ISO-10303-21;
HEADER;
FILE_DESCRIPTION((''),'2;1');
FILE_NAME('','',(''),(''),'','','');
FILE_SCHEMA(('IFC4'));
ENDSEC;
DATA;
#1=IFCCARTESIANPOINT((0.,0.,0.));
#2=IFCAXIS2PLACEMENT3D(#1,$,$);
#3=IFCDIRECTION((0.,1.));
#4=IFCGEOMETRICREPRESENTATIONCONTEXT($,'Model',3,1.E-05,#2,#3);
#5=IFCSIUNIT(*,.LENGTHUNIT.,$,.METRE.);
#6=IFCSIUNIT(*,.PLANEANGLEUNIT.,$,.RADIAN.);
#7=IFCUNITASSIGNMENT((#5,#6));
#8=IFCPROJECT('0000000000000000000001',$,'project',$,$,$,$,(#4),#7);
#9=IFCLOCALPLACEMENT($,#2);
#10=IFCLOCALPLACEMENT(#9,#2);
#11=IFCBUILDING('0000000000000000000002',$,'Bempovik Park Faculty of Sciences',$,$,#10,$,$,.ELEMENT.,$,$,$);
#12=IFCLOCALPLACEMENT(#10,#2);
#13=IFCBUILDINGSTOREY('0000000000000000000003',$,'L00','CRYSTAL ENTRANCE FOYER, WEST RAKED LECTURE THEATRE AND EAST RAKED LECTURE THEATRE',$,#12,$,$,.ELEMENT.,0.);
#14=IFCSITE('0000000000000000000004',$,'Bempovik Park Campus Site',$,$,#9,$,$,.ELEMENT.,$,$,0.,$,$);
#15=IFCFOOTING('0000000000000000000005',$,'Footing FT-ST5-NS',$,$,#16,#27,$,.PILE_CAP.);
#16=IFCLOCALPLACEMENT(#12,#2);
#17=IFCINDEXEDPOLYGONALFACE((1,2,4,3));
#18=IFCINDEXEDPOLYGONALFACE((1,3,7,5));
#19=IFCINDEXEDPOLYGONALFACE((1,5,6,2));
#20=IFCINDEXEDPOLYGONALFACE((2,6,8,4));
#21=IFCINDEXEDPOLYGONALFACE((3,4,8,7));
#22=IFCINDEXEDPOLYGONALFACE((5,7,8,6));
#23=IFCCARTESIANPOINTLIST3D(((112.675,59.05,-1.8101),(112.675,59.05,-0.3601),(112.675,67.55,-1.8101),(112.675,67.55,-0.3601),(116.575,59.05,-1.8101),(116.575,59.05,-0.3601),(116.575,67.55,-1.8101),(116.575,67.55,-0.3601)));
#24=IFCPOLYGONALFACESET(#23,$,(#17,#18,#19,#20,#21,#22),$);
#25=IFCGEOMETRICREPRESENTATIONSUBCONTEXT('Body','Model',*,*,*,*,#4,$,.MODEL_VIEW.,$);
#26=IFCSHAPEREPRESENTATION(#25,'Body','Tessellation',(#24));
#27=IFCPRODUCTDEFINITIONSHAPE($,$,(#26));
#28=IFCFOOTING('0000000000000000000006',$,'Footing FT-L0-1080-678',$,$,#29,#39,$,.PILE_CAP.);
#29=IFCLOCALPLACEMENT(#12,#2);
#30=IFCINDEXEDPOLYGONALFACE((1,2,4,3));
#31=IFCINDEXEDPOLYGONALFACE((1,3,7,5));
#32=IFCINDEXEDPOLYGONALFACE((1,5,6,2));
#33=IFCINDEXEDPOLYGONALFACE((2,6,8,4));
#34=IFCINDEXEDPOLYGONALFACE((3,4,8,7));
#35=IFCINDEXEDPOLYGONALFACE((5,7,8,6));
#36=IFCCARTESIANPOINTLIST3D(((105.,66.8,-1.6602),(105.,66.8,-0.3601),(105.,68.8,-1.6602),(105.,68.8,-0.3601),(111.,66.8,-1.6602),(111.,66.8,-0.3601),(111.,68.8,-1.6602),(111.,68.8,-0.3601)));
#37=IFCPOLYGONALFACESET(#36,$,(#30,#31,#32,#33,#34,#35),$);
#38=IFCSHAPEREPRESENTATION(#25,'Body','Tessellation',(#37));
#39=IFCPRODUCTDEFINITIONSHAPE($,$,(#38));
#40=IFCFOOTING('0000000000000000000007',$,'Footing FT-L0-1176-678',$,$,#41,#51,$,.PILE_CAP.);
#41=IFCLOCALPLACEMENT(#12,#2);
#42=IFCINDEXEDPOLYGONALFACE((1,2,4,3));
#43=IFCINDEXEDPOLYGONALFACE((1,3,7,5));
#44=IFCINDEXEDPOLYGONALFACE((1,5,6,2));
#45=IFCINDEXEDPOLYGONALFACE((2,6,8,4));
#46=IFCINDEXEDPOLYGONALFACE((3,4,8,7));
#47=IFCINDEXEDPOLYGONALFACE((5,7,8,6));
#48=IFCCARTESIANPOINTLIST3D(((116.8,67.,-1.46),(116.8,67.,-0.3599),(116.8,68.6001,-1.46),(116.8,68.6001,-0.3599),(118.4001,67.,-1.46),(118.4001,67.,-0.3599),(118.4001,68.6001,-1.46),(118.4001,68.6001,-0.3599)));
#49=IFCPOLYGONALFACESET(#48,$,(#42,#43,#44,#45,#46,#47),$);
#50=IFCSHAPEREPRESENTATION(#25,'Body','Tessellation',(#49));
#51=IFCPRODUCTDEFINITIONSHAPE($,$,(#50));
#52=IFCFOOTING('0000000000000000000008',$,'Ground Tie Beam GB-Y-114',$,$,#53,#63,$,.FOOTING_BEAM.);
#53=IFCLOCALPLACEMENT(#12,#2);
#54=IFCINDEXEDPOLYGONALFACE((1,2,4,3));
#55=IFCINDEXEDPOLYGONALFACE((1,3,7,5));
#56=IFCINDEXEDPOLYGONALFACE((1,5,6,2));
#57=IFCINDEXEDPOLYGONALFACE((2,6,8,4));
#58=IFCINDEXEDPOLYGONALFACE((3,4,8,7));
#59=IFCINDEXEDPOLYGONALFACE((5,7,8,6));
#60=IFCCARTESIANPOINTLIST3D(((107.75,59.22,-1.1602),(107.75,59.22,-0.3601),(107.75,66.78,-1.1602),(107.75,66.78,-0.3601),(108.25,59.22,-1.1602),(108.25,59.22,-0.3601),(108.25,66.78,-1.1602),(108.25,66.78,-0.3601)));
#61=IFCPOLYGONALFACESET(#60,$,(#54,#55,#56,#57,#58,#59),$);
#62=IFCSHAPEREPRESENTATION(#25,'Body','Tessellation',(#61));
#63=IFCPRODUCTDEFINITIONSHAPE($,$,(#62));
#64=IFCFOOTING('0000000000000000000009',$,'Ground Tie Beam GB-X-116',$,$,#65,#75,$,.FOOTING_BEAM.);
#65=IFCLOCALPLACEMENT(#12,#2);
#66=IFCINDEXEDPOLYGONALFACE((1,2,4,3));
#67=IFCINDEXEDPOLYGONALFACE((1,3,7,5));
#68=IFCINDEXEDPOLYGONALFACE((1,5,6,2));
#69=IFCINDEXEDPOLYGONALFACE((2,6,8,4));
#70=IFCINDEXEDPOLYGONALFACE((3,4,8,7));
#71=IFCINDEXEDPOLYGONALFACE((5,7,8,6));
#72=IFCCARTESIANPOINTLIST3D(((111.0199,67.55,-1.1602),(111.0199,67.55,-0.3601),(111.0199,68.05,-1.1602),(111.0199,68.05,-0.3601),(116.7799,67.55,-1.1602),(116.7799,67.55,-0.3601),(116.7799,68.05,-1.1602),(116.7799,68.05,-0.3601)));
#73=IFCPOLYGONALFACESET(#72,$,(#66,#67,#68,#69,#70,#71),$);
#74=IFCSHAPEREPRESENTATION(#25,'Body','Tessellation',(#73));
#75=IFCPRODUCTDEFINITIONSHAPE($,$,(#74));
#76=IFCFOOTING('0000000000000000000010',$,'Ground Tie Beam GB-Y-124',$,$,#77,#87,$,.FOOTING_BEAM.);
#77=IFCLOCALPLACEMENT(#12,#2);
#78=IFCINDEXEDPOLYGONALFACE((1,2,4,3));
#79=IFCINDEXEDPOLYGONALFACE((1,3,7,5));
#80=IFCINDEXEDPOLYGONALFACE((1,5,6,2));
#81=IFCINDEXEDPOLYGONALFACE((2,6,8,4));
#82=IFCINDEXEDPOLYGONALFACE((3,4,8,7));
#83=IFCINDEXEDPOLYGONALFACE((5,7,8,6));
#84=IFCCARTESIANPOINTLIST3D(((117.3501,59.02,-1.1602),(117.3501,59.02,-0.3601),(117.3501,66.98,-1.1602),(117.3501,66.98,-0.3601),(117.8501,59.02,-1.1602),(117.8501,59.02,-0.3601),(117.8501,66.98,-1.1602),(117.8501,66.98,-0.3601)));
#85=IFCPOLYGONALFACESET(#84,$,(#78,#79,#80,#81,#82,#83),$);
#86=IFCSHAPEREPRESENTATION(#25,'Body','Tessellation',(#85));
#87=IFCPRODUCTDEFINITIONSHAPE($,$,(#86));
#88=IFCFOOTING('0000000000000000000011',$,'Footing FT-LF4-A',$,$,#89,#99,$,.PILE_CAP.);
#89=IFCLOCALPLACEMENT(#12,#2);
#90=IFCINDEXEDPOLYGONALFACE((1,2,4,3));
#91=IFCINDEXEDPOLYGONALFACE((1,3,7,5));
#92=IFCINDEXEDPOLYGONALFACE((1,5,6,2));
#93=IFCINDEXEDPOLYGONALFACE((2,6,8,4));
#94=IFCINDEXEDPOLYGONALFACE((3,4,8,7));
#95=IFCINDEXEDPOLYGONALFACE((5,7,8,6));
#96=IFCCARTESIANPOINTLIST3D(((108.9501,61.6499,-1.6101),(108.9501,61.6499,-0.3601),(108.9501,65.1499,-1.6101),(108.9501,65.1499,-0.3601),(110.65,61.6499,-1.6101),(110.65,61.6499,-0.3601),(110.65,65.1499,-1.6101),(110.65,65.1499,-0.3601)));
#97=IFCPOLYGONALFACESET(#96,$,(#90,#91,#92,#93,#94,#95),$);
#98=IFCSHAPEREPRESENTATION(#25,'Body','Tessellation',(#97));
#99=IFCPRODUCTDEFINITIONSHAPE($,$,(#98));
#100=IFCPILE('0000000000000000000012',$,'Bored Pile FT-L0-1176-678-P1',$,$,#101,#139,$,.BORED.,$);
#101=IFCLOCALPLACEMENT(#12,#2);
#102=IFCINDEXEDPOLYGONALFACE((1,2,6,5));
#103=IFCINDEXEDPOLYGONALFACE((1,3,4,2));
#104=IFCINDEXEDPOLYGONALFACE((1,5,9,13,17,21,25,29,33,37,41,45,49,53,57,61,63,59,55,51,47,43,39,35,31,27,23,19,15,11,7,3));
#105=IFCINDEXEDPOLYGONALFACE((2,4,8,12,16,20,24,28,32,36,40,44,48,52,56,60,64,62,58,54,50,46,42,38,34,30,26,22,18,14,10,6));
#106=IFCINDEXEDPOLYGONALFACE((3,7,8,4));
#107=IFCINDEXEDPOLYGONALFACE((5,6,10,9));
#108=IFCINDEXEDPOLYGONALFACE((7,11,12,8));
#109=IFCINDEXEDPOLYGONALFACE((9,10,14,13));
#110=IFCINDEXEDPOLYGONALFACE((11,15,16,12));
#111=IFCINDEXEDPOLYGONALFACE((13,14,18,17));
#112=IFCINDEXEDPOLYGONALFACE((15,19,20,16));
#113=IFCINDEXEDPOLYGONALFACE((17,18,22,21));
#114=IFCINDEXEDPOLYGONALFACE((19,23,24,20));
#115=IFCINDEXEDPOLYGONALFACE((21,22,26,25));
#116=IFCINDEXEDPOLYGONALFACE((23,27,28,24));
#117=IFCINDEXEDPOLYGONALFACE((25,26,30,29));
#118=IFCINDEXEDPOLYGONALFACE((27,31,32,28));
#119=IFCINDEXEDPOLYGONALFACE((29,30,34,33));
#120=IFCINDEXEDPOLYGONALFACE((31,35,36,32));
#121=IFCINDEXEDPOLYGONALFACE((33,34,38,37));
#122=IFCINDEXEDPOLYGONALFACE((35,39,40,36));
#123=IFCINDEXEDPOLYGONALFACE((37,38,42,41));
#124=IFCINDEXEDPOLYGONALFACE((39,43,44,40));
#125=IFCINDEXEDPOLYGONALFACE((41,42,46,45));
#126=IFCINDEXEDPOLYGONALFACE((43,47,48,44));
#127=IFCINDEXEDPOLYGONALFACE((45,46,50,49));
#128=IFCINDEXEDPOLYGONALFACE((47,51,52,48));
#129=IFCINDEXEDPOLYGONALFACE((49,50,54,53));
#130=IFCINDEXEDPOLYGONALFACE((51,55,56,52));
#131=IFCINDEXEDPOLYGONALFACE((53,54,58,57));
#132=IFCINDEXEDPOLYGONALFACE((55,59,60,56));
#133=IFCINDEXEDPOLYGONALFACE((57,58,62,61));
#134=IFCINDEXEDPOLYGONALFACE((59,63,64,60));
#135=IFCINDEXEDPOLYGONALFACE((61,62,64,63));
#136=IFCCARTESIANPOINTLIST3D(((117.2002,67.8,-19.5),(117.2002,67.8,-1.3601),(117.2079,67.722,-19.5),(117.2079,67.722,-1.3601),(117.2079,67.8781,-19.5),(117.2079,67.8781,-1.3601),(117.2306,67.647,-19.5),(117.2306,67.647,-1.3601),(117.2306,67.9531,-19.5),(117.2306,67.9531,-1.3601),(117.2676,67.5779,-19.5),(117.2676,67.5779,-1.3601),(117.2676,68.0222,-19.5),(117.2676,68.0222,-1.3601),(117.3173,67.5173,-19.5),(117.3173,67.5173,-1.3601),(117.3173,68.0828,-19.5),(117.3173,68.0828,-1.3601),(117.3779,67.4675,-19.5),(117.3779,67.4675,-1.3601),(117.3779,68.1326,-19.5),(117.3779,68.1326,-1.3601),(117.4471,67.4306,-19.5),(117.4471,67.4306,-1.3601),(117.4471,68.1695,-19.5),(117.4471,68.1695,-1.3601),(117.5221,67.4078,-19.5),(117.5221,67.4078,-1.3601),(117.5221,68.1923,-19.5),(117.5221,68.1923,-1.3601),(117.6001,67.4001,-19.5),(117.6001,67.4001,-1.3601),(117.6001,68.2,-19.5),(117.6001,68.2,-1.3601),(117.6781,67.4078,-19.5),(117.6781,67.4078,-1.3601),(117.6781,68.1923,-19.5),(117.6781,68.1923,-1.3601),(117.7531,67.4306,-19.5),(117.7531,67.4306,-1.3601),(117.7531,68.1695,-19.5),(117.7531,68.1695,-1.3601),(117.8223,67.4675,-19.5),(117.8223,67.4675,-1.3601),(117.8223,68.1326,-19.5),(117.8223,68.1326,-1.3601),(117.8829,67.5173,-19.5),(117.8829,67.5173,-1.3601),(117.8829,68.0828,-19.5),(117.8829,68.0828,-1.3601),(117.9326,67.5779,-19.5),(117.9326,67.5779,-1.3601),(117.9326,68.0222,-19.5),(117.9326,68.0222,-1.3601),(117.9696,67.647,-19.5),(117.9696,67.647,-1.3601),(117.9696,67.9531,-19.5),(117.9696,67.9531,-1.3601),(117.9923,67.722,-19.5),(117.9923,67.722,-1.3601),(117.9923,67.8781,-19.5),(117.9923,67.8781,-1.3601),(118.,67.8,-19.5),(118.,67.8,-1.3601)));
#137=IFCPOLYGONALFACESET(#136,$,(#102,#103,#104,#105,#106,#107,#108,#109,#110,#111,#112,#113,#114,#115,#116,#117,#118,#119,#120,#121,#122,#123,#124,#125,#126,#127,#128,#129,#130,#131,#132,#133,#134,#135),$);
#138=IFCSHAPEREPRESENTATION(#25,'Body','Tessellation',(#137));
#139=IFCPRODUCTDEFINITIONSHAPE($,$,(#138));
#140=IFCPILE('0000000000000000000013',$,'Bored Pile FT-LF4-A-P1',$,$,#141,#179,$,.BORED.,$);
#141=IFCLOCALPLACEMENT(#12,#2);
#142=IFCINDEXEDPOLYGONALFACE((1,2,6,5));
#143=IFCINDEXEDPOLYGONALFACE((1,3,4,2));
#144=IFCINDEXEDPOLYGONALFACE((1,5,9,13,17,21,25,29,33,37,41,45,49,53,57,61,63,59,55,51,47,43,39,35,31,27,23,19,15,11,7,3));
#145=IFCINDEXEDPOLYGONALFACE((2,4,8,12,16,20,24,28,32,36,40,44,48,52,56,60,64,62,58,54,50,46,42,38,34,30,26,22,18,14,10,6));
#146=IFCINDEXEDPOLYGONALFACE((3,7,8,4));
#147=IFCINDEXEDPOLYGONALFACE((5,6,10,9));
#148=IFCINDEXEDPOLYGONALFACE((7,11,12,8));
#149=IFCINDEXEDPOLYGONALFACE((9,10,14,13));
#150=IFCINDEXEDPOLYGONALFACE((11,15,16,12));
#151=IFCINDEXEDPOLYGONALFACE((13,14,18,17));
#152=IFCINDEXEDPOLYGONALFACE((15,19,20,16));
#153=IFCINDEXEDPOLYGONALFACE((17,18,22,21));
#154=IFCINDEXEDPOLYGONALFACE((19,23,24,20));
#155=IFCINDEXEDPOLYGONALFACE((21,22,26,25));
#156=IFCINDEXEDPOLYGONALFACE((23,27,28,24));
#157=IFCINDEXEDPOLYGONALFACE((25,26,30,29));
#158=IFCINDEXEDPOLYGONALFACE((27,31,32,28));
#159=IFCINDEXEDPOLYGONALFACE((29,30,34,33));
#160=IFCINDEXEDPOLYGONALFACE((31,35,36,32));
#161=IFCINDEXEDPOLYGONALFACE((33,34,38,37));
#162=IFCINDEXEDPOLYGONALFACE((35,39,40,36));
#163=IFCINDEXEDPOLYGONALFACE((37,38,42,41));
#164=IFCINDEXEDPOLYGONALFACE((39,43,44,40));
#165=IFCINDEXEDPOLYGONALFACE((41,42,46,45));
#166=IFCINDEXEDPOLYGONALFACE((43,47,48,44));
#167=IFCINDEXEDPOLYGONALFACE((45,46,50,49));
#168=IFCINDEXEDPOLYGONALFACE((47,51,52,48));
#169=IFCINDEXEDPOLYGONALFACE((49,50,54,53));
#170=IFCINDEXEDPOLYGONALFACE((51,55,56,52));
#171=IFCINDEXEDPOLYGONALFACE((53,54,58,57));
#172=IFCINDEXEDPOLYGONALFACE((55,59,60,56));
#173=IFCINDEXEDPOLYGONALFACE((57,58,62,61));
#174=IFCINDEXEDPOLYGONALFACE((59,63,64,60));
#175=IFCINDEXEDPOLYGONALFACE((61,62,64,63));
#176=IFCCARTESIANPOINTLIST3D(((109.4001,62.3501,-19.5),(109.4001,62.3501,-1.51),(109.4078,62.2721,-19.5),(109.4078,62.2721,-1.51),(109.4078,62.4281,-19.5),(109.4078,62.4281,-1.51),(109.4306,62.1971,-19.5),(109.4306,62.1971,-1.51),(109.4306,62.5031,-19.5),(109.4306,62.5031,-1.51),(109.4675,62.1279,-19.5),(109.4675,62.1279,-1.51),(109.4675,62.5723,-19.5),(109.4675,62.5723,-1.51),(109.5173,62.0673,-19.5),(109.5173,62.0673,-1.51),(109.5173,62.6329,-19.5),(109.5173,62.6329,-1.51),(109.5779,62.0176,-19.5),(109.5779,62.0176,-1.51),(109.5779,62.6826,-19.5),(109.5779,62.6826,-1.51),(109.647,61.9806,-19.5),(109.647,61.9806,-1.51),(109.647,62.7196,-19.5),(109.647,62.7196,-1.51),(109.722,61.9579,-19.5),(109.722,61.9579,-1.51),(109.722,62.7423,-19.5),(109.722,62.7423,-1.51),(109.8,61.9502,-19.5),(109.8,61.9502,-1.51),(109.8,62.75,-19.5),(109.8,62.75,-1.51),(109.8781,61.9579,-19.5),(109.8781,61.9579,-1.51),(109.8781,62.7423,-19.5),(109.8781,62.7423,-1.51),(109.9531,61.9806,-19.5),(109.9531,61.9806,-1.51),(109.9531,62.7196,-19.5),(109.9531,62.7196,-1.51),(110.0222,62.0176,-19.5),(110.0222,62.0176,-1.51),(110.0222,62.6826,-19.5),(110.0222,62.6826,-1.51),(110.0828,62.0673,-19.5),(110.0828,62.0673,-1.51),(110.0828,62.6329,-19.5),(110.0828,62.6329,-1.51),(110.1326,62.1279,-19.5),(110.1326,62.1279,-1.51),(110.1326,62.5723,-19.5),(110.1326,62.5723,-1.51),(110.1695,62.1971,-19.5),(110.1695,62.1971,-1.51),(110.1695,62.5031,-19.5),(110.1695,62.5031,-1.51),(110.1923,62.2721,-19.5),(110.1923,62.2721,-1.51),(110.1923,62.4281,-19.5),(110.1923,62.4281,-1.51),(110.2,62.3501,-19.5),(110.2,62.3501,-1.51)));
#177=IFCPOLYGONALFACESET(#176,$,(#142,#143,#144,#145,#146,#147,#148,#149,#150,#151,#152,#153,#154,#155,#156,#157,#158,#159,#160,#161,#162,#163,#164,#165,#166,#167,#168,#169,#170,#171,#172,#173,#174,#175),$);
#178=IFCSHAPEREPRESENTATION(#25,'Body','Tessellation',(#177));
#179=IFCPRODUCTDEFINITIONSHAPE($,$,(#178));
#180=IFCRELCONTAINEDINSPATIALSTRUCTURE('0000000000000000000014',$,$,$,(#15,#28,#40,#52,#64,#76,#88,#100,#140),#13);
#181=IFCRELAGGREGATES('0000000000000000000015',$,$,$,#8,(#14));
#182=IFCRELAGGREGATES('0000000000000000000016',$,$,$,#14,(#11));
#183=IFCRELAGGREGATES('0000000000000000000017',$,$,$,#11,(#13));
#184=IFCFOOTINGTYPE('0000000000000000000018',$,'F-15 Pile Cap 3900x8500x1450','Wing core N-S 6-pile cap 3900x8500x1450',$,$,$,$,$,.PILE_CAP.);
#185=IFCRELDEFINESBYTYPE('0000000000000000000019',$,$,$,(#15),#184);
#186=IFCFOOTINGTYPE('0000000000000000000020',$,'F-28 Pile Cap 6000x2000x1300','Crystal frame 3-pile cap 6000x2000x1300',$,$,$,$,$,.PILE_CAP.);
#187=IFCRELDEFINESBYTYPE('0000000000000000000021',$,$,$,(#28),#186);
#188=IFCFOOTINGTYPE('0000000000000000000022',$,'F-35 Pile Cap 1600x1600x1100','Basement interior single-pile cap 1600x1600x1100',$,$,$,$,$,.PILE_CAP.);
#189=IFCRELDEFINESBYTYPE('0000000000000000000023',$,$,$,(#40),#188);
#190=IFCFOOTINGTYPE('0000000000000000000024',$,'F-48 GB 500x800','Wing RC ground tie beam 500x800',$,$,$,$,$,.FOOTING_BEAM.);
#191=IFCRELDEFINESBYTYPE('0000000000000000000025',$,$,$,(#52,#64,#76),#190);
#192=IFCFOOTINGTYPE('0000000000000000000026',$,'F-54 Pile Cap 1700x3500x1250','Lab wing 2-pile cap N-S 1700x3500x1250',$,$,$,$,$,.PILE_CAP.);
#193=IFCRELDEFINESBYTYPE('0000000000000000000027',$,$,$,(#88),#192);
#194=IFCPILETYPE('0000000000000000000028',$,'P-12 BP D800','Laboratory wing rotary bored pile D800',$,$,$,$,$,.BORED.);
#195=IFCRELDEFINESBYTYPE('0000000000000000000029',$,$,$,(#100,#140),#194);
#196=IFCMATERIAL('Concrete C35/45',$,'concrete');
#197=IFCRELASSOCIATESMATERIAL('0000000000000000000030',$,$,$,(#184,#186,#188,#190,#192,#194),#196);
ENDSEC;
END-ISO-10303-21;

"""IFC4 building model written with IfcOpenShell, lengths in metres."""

from ifc_helpers import new_model, si_unit, direction, frame, origin, origin_2d, place, context, subcontext, project, spatial, rectangle, circle, extrude, material, material_profile, profile_set, type_object, element, save


model = new_model("IFC4")

# Units and contexts
model_context = context("Model", 3, precision=1e-05, world=origin(), true_north=direction((0.0, 1.0)))
body_context = subcontext(model_context, "Body", "Model", "MODEL_VIEW")
ifc_project = project(units=[si_unit("LENGTHUNIT", "METRE"), si_unit("PLANEANGLEUNIT", "RADIAN")], contexts=[model_context])

# Site, building, storey
site_placement = place(None, origin())
site = spatial("IfcSite", under=ifc_project, at=site_placement, Name="Bempovik Park Campus Site", CompositionType="ELEMENT", RefElevation=0.0)
building_placement = place(site_placement, origin())
building = spatial("IfcBuilding", under=site, at=building_placement, Name="Bempovik Park Faculty of Sciences", CompositionType="ELEMENT")
storey_placement = place(building_placement, origin())
storey = spatial("IfcBuildingStorey", under=building, at=storey_placement, Name="L00", Description="CRYSTAL ENTRANCE FOYER, WEST RAKED LECTURE THEATRE AND EAST RAKED LECTURE THEATRE", CompositionType="ELEMENT", Elevation=0.0)

# Footings
ifc_material_1 = material(Name="Concrete C35/45", Category="concrete")
footing_type_1 = type_object("IfcFootingType", Name="F-15 Pile Cap 3900x8500x1450", Description="Wing core N-S 6-pile cap 3900x8500x1450", PredefinedType="PILE_CAP", material=ifc_material_1)
footing_1_placement = place(storey_placement, frame((114.625, 63.3, -1.8101), z_axis=(0.0, 0.0, 1.0), x_axis=(1.0, 0.0, 0.0)))
element("IfcFooting", 1, at=footing_1_placement, inside=storey, type_object=footing_type_1, Name="Footing FT-ST5-NS", PredefinedType="PILE_CAP", context=body_context, shape_type="SweptSolid", body=[
    extrude(rectangle(XDim=3.8999, YDim=8.5, at=origin_2d()), origin(), (0.0, 0.0, 1.0), 1.45),
])
footing_type_2 = type_object("IfcFootingType", Name="F-28 Pile Cap 6000x2000x1300", Description="Crystal frame 3-pile cap 6000x2000x1300", PredefinedType="PILE_CAP", material=ifc_material_1)
footing_2_placement = place(storey_placement, frame((108.0, 67.8, -1.6602), z_axis=(0.0, 0.0, 1.0), x_axis=(1.0, 0.0, 0.0)))
element("IfcFooting", 2, at=footing_2_placement, inside=storey, type_object=footing_type_2, Name="Footing FT-L0-1080-678", PredefinedType="PILE_CAP", context=body_context, shape_type="SweptSolid", body=[
    extrude(rectangle(XDim=6.0, YDim=2.0, at=origin_2d()), origin(), (0.0, 0.0, 1.0), 1.3),
])
footing_type_3 = type_object("IfcFootingType", Name="F-35 Pile Cap 1600x1600x1100", Description="Basement interior single-pile cap 1600x1600x1100", PredefinedType="PILE_CAP", material=ifc_material_1)
footing_3_placement = place(storey_placement, frame((117.6001, 67.8, -1.46), z_axis=(0.0, 0.0, 1.0), x_axis=(1.0, 0.0, 0.0)))
element("IfcFooting", 3, at=footing_3_placement, inside=storey, type_object=footing_type_3, Name="Footing FT-L0-1176-678", PredefinedType="PILE_CAP", context=body_context, shape_type="SweptSolid", body=[
    extrude(rectangle(XDim=1.6001, YDim=1.6001, at=origin_2d()), origin(), (0.0, 0.0, 1.0), 1.1001),
])
footing_type_4 = type_object("IfcFootingType", Name="F-48 GB 500x800", Description="Wing RC ground tie beam 500x800", PredefinedType="FOOTING_BEAM", material=ifc_material_1)
footing_4_placement = place(storey_placement, frame((108.0, 63.0, -1.1602), z_axis=(0.0, 0.0, 1.0), x_axis=(1.0, 0.0, 0.0)))
element("IfcFooting", 4, at=footing_4_placement, inside=storey, type_object=footing_type_4, Name="Ground Tie Beam GB-Y-114", PredefinedType="FOOTING_BEAM", context=body_context, shape_type="SweptSolid", body=[
    extrude(rectangle(XDim=0.5, YDim=7.5601, at=origin_2d()), origin(), (0.0, 0.0, 1.0), 0.8),
])
footing_5_placement = place(storey_placement, frame((113.8999, 67.8, -1.1602), z_axis=(0.0, 0.0, 1.0), x_axis=(1.0, 0.0, 0.0)))
element("IfcFooting", 5, at=footing_5_placement, inside=storey, type_object=footing_type_4, Name="Ground Tie Beam GB-X-116", PredefinedType="FOOTING_BEAM", context=body_context, shape_type="SweptSolid", body=[
    extrude(rectangle(XDim=5.76, YDim=0.5, at=origin_2d()), origin(), (0.0, 0.0, 1.0), 0.8),
])
footing_6_placement = place(storey_placement, frame((117.6001, 63.0, -1.1602), z_axis=(0.0, 0.0, 1.0), x_axis=(1.0, 0.0, 0.0)))
element("IfcFooting", 6, at=footing_6_placement, inside=storey, type_object=footing_type_4, Name="Ground Tie Beam GB-Y-124", PredefinedType="FOOTING_BEAM", context=body_context, shape_type="SweptSolid", body=[
    extrude(rectangle(XDim=0.5, YDim=7.96, at=origin_2d()), origin(), (0.0, 0.0, 1.0), 0.8),
])
footing_type_5 = type_object("IfcFootingType", Name="F-54 Pile Cap 1700x3500x1250", Description="Lab wing 2-pile cap N-S 1700x3500x1250", PredefinedType="PILE_CAP", material=ifc_material_1)
footing_7_placement = place(storey_placement, frame((109.8, 63.3999, -1.6101), z_axis=(0.0, 0.0, 1.0), x_axis=(1.0, 0.0, 0.0)))
element("IfcFooting", 7, at=footing_7_placement, inside=storey, type_object=footing_type_5, Name="Footing FT-LF4-A", PredefinedType="PILE_CAP", context=body_context, shape_type="SweptSolid", body=[
    extrude(rectangle(XDim=1.7, YDim=3.5, at=origin_2d()), origin(), (0.0, 0.0, 1.0), 1.25),
])

# Piles
ifc_material_profile_1 = material_profile(ifc_material_1, circle(Radius=0.3999, at=origin_2d()), Name="BP D800")
ifc_profile_set_1 = profile_set([ifc_material_profile_1], Name="Concrete C35/45")
pile_type_1 = type_object("IfcPileType", Name="P-12 BP D800", Description="Laboratory wing rotary bored pile D800", PredefinedType="BORED", material=ifc_profile_set_1)
pile_placement = place(storey_placement, frame((117.6001, 67.8, -1.3601), z_axis=(0.0, 0.0, -1.0), x_axis=(1.0, 0.0, 0.0)))
element("IfcPile", 8, at=pile_placement, inside=storey, type_object=pile_type_1, Name="Bored Pile FT-L0-1176-678-P1", PredefinedType="BORED", context=body_context, shape_type="SweptSolid", body=[
    extrude(circle(Radius=0.3999, at=origin_2d()), origin(), (0.0, 0.0, 1.0), 18.1399),
])
for number, where, z_axis, x_axis, name in (
    (9, (109.8, 62.3501, -1.51), (0.0, 0.0, -1.0), (1.0, 0.0, 0.0), "Bored Pile FT-LF4-A-P1"),
):
    element("IfcPile", number, at=place(storey_placement, frame(where, z_axis=z_axis, x_axis=x_axis)), inside=storey, type_object=pile_type_1, Name=name, PredefinedType="BORED", context=body_context, shape_type="SweptSolid", body=[
        extrude(circle(Radius=0.3999, at=origin_2d()), origin(), (0.0, 0.0, 1.0), 17.99),
    ])

save(model, "model.ifc")
